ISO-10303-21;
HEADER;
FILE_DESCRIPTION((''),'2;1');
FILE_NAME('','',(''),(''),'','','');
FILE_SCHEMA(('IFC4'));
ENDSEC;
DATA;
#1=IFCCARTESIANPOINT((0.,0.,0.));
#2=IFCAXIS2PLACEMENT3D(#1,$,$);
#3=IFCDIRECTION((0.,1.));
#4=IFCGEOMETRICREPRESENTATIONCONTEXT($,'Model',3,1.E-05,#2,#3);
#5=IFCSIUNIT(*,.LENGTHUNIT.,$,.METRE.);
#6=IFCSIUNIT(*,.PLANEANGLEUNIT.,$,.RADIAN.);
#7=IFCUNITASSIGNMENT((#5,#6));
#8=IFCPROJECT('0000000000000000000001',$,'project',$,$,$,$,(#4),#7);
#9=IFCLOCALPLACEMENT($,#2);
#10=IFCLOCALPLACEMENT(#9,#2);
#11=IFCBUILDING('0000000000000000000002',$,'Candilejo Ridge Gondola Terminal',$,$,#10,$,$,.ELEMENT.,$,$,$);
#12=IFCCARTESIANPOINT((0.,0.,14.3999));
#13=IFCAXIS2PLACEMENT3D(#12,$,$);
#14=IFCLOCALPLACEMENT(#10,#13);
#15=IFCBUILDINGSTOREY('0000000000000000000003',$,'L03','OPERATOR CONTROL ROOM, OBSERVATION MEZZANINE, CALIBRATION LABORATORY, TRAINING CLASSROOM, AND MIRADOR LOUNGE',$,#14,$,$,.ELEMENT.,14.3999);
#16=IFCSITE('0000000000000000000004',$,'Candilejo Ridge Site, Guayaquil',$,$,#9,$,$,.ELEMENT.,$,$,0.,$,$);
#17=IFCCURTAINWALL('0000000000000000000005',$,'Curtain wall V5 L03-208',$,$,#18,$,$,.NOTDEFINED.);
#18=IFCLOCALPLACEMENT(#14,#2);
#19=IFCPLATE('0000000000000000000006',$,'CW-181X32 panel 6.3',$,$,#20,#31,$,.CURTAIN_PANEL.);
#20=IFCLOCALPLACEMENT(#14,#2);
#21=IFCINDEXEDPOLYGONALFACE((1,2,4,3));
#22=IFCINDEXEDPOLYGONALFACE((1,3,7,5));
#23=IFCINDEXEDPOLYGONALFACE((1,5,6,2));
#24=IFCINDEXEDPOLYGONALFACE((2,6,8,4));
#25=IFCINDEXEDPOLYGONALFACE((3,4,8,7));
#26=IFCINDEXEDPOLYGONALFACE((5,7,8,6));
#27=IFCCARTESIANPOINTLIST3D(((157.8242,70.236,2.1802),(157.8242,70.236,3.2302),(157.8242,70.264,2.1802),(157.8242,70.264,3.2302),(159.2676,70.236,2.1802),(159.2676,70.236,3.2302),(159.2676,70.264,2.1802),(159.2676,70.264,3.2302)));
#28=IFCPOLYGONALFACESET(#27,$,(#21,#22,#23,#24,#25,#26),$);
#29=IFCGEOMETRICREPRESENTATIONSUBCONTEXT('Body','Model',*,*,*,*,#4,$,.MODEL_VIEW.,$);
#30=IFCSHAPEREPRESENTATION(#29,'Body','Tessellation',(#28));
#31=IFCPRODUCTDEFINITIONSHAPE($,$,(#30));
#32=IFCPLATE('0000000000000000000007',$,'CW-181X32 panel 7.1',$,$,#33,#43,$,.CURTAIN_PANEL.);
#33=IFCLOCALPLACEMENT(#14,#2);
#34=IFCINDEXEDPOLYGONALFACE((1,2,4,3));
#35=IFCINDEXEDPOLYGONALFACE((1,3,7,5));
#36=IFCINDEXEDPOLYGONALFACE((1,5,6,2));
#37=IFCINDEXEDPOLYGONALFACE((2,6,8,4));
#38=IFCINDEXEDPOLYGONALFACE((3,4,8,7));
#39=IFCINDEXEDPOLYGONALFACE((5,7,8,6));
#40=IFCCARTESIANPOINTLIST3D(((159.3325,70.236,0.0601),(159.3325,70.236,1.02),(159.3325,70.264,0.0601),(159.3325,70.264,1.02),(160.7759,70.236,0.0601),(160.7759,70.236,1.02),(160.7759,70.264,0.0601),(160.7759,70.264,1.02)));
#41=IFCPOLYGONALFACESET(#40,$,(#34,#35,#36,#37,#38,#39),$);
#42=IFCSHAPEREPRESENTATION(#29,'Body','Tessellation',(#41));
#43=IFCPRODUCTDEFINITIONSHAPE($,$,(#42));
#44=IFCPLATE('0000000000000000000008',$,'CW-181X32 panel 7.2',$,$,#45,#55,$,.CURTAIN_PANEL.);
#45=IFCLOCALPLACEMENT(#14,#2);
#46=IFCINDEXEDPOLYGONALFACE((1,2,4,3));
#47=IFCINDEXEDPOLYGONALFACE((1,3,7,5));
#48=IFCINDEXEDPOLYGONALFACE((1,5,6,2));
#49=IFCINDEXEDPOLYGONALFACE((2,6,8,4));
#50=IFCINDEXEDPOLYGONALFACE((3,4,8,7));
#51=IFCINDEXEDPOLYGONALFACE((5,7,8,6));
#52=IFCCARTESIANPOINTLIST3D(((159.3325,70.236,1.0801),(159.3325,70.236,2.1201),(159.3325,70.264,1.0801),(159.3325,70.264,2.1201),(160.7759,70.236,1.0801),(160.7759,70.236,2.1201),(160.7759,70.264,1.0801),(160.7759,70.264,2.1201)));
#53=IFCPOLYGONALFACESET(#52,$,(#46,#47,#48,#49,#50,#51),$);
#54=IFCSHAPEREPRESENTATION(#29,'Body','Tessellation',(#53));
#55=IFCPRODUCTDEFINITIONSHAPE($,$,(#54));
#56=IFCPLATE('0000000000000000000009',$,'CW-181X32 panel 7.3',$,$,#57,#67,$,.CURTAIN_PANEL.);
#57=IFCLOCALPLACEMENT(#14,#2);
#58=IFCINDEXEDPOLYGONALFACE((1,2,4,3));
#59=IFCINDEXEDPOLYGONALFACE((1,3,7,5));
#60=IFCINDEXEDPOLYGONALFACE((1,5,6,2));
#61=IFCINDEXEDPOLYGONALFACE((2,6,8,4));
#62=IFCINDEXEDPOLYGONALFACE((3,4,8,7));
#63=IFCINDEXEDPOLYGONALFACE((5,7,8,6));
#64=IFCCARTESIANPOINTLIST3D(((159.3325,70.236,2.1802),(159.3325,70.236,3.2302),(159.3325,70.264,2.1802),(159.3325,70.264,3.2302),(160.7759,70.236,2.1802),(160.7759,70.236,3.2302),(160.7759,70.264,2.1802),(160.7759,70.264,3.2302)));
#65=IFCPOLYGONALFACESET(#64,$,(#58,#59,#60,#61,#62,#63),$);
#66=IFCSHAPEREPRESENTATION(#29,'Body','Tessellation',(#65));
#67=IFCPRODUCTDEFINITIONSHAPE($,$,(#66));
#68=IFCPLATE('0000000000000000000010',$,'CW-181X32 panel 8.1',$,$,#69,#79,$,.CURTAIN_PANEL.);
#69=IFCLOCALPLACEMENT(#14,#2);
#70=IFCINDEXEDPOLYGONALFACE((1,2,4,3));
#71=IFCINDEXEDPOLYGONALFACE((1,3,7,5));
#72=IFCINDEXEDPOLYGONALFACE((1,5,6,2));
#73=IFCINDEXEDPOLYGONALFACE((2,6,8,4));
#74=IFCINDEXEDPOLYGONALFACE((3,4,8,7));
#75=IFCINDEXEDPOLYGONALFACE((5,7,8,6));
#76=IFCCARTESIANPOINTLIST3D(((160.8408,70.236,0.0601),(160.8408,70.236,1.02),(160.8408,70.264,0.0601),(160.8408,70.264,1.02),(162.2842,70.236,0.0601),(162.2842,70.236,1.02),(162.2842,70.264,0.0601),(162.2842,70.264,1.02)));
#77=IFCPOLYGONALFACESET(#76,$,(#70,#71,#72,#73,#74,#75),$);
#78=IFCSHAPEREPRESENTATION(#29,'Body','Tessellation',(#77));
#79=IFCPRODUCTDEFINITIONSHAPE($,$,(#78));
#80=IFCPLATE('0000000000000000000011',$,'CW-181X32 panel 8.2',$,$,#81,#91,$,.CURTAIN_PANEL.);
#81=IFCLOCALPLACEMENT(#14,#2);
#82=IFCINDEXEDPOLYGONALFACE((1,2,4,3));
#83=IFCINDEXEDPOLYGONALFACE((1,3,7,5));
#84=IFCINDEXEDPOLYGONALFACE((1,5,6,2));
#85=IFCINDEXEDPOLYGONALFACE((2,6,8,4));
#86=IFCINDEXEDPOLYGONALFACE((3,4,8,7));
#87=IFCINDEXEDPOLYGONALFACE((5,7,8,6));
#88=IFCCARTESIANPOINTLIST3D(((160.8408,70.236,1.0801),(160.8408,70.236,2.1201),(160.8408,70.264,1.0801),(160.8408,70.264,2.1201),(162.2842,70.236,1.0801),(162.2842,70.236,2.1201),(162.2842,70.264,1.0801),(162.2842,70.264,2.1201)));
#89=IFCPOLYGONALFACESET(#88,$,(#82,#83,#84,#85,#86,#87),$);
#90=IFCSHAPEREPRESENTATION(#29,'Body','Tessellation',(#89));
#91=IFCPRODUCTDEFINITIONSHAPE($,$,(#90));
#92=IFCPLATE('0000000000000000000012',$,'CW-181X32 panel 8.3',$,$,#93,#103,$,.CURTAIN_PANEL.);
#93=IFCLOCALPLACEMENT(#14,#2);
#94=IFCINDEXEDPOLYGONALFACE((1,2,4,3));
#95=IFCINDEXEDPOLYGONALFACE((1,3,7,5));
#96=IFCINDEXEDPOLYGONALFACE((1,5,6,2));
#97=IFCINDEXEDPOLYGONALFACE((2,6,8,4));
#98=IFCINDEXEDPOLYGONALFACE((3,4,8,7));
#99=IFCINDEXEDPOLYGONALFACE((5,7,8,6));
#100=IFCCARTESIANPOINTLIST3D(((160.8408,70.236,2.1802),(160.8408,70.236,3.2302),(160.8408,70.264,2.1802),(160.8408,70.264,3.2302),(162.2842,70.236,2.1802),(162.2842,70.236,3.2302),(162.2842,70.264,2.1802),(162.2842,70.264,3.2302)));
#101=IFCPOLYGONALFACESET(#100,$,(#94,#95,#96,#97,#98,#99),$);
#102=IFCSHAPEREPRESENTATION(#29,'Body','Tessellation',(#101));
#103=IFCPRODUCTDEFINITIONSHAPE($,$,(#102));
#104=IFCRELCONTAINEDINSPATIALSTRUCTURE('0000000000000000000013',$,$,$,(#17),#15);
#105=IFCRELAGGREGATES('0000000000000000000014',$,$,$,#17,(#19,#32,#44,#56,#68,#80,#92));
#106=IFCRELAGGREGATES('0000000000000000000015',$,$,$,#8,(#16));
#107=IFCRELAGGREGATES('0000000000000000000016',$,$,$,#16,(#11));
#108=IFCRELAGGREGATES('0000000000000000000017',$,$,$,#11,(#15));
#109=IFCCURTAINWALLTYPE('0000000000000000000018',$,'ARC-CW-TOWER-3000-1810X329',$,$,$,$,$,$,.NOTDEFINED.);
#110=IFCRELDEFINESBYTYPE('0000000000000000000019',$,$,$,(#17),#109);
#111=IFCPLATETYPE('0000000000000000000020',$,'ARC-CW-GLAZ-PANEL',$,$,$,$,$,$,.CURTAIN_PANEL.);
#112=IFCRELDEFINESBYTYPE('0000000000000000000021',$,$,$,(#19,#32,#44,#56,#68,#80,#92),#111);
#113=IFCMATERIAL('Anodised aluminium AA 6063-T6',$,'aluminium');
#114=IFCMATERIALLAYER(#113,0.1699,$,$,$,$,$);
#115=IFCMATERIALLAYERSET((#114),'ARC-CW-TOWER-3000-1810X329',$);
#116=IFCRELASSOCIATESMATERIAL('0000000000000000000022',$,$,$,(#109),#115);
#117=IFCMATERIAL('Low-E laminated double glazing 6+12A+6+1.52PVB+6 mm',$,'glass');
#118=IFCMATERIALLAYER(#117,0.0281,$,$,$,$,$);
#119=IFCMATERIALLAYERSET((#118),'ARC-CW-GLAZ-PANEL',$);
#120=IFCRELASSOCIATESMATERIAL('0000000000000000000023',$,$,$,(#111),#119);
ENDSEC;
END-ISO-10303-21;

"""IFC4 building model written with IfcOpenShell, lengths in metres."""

from ifc_helpers import new_model, si_unit, direction, frame, origin, origin_2d, place, context, subcontext, project, spatial, rectangle, extrude, material, layer, layer_set, type_object, element, aggregate, save


model = new_model("IFC4")

# Units and contexts
model_context = context("Model", 3, precision=1e-05, world=origin(), true_north=direction((0.0, 1.0)))
body_context = subcontext(model_context, "Body", "Model", "MODEL_VIEW")
ifc_project = project(units=[si_unit("LENGTHUNIT", "METRE"), si_unit("PLANEANGLEUNIT", "RADIAN")], contexts=[model_context])

# Site, building, storey
site_placement = place(None, origin())
site = spatial("IfcSite", under=ifc_project, at=site_placement, Name="Candilejo Ridge Site, Guayaquil", CompositionType="ELEMENT", RefElevation=0.0)
building_placement = place(site_placement, origin())
building = spatial("IfcBuilding", under=site, at=building_placement, Name="Candilejo Ridge Gondola Terminal", CompositionType="ELEMENT")
storey_placement = place(building_placement, frame((0.0, 0.0, 14.3999)))
storey = spatial("IfcBuildingStorey", under=building, at=storey_placement, Name="L03", Description="OPERATOR CONTROL ROOM, OBSERVATION MEZZANINE, CALIBRATION LABORATORY, TRAINING CLASSROOM, AND MIRADOR LOUNGE", CompositionType="ELEMENT", Elevation=14.3999)

# Curtain wall, plates
ifc_material_1 = material(Name="Anodised aluminium AA 6063-T6", Category="aluminium")
ifc_layer_1 = layer(ifc_material_1, 0.1699)
ifc_layer_set_1 = layer_set([ifc_layer_1], Name="ARC-CW-TOWER-3000-1810X329")
curtain_wall_type = type_object("IfcCurtainWallType", Name="ARC-CW-TOWER-3000-1810X329", PredefinedType="NOTDEFINED", material=ifc_layer_set_1)
curtain_wall_placement = place(storey_placement, origin())
curtain_wall = element("IfcCurtainWall", 1, at=curtain_wall_placement, inside=storey, type_object=curtain_wall_type, Name="Curtain wall V5 L03-208", PredefinedType="NOTDEFINED")
ifc_material_2 = material(Name="Low-E laminated double glazing 6+12A+6+1.52PVB+6 mm", Category="glass")
ifc_layer_2 = layer(ifc_material_2, 0.0281)
ifc_layer_set_2 = layer_set([ifc_layer_2], Name="ARC-CW-GLAZ-PANEL")
plate_type = type_object("IfcPlateType", Name="ARC-CW-GLAZ-PANEL", PredefinedType="CURTAIN_PANEL", material=ifc_layer_set_2)
plate_1_placement = place(storey_placement, frame((158.5459, 70.25, 2.1802), z_axis=(0.0, 0.0, 1.0), x_axis=(1.0, 0.0, 0.0)))
plate_1 = element("IfcPlate", 2, at=plate_1_placement, type_object=plate_type, Name="CW-181X32 panel 6.3", PredefinedType="CURTAIN_PANEL", context=body_context, shape_type="SweptSolid", body=[
    extrude(rectangle(XDim=1.4434, YDim=0.0281, at=origin_2d()), origin(), (0.0, 0.0, 1.0), 1.05),
])
plate_2_placement = place(storey_placement, frame((160.0542, 70.25, 0.0601), z_axis=(0.0, 0.0, 1.0), x_axis=(1.0, 0.0, 0.0)))
plate_2 = element("IfcPlate", 3, at=plate_2_placement, type_object=plate_type, Name="CW-181X32 panel 7.1", PredefinedType="CURTAIN_PANEL", context=body_context, shape_type="SweptSolid", body=[
    extrude(rectangle(XDim=1.4434, YDim=0.0281, at=origin_2d()), origin(), (0.0, 0.0, 1.0), 0.96),
])
plate_3_placement = place(storey_placement, frame((160.0542, 70.25, 1.0801), z_axis=(0.0, 0.0, 1.0), x_axis=(1.0, 0.0, 0.0)))
plate_3 = element("IfcPlate", 4, at=plate_3_placement, type_object=plate_type, Name="CW-181X32 panel 7.2", PredefinedType="CURTAIN_PANEL", context=body_context, shape_type="SweptSolid", body=[
    extrude(rectangle(XDim=1.4434, YDim=0.0281, at=origin_2d()), origin(), (0.0, 0.0, 1.0), 1.04),
])
plate_4_placement = place(storey_placement, frame((160.0542, 70.25, 2.1802), z_axis=(0.0, 0.0, 1.0), x_axis=(1.0, 0.0, 0.0)))
plate_4 = element("IfcPlate", 5, at=plate_4_placement, type_object=plate_type, Name="CW-181X32 panel 7.3", PredefinedType="CURTAIN_PANEL", context=body_context, shape_type="SweptSolid", body=[
    extrude(rectangle(XDim=1.4434, YDim=0.0281, at=origin_2d()), origin(), (0.0, 0.0, 1.0), 1.05),
])
plate_5_placement = place(storey_placement, frame((161.5625, 70.25, 0.0601), z_axis=(0.0, 0.0, 1.0), x_axis=(1.0, 0.0, 0.0)))
plate_5 = element("IfcPlate", 6, at=plate_5_placement, type_object=plate_type, Name="CW-181X32 panel 8.1", PredefinedType="CURTAIN_PANEL", context=body_context, shape_type="SweptSolid", body=[
    extrude(rectangle(XDim=1.4434, YDim=0.0281, at=origin_2d()), origin(), (0.0, 0.0, 1.0), 0.96),
])
plate_6_placement = place(storey_placement, frame((161.5625, 70.25, 1.0801), z_axis=(0.0, 0.0, 1.0), x_axis=(1.0, 0.0, 0.0)))
plate_6 = element("IfcPlate", 7, at=plate_6_placement, type_object=plate_type, Name="CW-181X32 panel 8.2", PredefinedType="CURTAIN_PANEL", context=body_context, shape_type="SweptSolid", body=[
    extrude(rectangle(XDim=1.4434, YDim=0.0281, at=origin_2d()), origin(), (0.0, 0.0, 1.0), 1.04),
])
plate_7_placement = place(storey_placement, frame((161.5625, 70.25, 2.1802), z_axis=(0.0, 0.0, 1.0), x_axis=(1.0, 0.0, 0.0)))
plate_7 = element("IfcPlate", 8, at=plate_7_placement, type_object=plate_type, Name="CW-181X32 panel 8.3", PredefinedType="CURTAIN_PANEL", context=body_context, shape_type="SweptSolid", body=[
    extrude(rectangle(XDim=1.4434, YDim=0.0281, at=origin_2d()), origin(), (0.0, 0.0, 1.0), 1.05),
])
aggregate(curtain_wall, [plate_1, plate_2, plate_3, plate_4, plate_5, plate_6, plate_7])

save(model, "model.ifc")
